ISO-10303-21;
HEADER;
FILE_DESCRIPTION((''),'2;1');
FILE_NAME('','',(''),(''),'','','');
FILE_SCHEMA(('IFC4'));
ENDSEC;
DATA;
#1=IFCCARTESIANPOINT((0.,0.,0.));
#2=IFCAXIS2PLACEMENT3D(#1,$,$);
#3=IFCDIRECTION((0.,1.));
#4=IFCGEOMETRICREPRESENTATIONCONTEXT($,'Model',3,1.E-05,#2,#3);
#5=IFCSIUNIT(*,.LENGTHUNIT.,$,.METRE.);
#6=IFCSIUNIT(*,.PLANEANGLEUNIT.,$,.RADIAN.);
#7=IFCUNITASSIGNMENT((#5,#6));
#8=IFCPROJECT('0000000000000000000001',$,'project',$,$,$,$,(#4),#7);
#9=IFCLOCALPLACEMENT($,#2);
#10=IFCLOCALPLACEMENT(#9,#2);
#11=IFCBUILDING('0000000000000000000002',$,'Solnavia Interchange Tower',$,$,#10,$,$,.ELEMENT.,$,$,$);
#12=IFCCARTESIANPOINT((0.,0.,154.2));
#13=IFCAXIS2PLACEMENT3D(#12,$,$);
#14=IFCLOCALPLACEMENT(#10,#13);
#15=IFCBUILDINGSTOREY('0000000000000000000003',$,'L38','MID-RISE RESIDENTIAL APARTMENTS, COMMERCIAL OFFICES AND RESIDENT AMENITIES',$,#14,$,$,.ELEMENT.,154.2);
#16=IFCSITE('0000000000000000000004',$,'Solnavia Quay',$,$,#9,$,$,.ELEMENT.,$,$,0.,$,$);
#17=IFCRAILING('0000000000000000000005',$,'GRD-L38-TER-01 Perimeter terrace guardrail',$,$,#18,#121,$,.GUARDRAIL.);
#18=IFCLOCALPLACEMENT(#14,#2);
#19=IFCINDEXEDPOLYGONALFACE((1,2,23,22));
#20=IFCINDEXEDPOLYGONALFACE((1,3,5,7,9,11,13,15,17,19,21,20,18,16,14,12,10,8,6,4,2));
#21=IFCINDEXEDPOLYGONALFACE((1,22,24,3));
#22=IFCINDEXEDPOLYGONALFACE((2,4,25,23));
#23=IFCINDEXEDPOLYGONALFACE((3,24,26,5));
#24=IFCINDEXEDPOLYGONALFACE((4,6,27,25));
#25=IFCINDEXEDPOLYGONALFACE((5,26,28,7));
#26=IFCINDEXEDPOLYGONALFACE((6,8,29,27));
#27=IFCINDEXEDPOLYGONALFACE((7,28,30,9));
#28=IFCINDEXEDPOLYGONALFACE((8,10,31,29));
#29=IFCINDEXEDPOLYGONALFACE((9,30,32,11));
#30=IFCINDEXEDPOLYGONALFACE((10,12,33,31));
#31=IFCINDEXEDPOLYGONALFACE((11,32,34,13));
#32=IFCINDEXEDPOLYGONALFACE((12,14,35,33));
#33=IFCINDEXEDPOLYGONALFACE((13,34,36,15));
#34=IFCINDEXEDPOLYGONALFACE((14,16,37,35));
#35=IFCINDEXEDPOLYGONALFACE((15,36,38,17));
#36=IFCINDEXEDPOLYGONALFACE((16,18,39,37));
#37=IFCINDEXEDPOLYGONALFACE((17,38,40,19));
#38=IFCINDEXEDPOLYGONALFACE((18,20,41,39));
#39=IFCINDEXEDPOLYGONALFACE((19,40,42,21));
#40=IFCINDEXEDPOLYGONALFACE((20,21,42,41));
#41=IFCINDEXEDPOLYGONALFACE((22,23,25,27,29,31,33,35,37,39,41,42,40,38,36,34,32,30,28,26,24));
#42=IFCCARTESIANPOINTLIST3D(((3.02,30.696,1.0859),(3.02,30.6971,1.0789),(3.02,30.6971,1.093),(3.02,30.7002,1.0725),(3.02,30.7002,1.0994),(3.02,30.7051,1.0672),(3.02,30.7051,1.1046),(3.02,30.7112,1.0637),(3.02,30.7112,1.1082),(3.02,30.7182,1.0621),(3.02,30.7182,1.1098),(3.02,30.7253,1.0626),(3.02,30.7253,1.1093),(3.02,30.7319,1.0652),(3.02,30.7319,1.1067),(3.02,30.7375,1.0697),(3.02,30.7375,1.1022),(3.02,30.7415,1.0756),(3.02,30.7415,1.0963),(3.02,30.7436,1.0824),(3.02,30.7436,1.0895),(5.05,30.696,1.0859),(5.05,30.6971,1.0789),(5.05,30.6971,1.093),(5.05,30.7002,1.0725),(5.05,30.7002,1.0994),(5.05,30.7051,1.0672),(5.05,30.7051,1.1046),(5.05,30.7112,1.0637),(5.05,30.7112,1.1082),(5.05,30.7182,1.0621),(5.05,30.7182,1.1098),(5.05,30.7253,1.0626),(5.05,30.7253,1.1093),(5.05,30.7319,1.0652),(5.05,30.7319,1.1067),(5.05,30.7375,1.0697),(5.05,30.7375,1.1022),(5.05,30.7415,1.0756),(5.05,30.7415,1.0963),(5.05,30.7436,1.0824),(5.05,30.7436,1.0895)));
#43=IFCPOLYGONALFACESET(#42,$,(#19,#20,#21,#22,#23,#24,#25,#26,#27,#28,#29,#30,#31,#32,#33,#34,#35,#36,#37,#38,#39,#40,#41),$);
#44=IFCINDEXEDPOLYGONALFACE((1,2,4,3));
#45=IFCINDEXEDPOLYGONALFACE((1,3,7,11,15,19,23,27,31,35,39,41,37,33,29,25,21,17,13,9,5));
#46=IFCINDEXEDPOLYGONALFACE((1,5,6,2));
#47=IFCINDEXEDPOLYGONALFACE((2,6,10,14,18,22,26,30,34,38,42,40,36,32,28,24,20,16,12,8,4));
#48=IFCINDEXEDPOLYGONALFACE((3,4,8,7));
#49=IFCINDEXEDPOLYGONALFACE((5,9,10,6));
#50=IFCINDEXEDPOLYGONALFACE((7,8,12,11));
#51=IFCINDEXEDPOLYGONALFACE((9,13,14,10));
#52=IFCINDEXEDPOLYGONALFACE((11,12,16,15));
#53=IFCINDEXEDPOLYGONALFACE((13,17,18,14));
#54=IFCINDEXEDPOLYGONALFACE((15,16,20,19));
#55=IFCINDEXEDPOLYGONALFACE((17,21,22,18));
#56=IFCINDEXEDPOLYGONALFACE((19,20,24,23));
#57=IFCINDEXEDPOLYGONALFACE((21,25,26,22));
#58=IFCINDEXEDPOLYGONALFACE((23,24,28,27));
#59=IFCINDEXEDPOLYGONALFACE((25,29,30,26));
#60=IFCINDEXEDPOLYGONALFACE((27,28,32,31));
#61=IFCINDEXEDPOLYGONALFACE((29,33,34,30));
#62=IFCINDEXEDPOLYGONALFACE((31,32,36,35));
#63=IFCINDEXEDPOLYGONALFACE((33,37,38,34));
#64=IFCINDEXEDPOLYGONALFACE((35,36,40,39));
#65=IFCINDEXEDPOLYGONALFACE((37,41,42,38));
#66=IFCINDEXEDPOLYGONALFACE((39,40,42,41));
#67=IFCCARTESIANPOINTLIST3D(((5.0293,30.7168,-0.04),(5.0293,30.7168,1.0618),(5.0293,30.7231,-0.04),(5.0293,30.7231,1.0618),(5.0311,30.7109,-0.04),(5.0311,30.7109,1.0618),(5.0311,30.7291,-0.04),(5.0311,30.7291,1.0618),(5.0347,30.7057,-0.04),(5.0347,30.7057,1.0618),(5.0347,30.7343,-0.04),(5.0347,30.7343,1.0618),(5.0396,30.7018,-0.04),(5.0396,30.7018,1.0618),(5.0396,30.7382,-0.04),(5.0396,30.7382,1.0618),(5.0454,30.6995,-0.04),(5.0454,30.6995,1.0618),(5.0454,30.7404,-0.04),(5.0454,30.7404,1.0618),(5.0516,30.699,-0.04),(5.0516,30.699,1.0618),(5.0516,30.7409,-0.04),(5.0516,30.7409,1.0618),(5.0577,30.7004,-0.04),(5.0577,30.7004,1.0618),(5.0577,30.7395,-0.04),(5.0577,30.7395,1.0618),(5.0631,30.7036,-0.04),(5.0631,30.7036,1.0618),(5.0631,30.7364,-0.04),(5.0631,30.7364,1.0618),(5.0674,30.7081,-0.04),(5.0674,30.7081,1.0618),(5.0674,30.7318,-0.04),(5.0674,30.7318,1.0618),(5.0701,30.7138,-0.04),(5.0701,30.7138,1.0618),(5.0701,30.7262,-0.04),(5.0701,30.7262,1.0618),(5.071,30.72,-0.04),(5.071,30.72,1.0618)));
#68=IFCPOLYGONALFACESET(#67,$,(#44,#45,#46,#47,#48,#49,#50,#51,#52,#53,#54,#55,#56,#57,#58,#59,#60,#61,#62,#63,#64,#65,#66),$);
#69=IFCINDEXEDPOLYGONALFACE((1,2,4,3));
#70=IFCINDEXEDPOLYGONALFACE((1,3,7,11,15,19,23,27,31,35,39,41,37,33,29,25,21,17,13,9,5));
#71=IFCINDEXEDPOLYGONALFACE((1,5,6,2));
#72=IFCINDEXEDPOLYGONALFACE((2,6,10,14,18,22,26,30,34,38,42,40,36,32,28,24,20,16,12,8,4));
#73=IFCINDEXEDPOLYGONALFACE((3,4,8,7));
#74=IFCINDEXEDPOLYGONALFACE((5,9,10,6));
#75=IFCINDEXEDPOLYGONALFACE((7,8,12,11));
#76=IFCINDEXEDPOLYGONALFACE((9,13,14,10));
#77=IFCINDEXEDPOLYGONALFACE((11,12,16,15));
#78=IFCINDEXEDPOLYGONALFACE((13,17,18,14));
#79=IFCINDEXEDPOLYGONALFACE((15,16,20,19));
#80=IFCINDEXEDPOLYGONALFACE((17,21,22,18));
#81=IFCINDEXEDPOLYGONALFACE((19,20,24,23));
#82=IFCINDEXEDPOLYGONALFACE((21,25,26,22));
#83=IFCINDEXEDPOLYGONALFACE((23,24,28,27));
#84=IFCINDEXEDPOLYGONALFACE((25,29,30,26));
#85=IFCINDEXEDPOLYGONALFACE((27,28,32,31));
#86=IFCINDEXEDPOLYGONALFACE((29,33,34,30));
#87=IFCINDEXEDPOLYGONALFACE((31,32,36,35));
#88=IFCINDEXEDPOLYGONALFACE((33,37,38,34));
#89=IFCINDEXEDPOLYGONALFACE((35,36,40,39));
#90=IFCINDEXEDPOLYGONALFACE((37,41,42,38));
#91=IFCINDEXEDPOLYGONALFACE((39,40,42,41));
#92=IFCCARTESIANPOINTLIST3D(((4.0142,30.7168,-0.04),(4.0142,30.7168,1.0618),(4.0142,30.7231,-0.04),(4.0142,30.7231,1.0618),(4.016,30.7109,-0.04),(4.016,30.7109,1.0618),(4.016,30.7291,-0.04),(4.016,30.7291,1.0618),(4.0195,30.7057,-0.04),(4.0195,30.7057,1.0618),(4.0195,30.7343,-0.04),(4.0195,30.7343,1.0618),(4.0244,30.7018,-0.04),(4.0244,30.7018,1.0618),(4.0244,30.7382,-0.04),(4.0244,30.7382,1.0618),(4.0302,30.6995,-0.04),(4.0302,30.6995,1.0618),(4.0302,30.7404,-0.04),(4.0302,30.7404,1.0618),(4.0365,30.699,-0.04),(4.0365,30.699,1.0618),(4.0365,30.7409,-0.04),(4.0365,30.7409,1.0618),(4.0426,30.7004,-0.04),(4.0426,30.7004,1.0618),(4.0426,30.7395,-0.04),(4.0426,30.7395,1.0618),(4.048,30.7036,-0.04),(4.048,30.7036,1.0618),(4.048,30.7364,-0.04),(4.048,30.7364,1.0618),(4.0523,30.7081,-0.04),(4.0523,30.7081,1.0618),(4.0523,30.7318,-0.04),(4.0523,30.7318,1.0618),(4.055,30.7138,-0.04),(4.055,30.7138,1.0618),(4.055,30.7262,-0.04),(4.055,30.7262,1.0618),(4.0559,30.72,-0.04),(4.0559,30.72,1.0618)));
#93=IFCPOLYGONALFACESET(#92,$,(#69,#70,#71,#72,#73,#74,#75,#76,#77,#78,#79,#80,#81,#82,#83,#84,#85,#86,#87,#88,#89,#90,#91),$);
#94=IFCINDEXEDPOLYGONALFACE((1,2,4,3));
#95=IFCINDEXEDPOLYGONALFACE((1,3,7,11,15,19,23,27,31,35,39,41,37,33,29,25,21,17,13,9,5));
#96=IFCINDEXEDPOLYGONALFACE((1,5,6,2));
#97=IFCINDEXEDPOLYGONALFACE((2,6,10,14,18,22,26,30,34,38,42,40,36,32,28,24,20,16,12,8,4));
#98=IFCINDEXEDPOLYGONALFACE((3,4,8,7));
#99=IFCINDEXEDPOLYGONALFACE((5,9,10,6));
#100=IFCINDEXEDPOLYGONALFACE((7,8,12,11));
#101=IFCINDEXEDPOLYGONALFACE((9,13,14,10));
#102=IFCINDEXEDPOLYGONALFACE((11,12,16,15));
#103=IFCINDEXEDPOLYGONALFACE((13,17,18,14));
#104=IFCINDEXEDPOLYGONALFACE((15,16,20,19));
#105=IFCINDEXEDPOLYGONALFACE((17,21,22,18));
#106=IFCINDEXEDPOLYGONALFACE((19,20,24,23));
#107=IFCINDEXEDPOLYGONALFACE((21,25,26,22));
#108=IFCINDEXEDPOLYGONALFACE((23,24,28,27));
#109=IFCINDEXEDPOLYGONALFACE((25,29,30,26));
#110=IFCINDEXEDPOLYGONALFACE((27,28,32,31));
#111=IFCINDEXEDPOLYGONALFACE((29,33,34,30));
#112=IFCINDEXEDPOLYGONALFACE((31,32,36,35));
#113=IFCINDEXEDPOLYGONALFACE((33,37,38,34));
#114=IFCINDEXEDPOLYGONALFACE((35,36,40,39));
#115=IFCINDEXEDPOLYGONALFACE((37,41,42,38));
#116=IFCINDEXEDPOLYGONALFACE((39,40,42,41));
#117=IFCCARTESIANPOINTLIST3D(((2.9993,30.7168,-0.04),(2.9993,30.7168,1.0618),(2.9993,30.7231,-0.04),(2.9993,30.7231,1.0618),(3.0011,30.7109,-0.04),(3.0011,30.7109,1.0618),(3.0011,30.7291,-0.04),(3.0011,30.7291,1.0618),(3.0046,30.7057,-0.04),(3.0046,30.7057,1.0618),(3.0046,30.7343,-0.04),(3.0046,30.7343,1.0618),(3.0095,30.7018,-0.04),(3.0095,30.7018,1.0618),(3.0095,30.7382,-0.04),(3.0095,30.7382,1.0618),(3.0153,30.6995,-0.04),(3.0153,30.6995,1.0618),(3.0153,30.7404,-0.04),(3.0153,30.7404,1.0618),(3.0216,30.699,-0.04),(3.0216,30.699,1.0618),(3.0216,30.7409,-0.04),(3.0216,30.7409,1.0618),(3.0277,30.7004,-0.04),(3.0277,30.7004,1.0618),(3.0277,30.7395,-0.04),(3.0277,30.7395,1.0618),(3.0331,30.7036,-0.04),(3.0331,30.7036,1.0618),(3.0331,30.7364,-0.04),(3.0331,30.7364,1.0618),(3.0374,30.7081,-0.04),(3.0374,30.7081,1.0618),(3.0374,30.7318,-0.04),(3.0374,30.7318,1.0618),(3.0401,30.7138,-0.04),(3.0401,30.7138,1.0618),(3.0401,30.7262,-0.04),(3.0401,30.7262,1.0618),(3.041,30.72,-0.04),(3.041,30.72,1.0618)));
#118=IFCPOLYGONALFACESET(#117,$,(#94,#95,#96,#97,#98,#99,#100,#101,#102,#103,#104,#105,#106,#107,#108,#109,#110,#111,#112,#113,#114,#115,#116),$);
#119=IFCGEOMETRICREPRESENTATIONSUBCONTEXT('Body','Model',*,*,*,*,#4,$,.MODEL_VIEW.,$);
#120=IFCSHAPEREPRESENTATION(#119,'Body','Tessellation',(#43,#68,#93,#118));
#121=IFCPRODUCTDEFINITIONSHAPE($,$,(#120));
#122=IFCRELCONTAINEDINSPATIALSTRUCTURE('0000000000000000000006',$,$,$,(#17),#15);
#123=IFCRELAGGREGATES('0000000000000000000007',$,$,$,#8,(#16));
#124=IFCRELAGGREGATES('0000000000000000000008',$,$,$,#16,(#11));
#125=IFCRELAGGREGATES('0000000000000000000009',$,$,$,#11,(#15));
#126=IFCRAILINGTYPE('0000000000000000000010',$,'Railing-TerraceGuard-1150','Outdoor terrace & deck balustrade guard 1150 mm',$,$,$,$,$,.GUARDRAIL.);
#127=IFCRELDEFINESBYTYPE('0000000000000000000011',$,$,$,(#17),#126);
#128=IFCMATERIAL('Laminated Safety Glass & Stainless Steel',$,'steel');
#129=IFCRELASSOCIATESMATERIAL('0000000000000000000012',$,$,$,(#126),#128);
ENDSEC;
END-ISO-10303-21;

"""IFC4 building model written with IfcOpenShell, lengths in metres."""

from ifc_helpers import new_model, si_unit, direction, frame, origin, origin_2d, place, context, subcontext, project, spatial, circle, extrude, material, type_object, element, save


model = new_model("IFC4")

# Units and contexts
model_context = context("Model", 3, precision=1e-05, world=origin(), true_north=direction((0.0, 1.0)))
body_context = subcontext(model_context, "Body", "Model", "MODEL_VIEW")
ifc_project = project(units=[si_unit("LENGTHUNIT", "METRE"), si_unit("PLANEANGLEUNIT", "RADIAN")], contexts=[model_context])

# Site, building, storey
site_placement = place(None, origin())
site = spatial("IfcSite", under=ifc_project, at=site_placement, Name="Solnavia Quay", CompositionType="ELEMENT", RefElevation=0.0)
building_placement = place(site_placement, origin())
building = spatial("IfcBuilding", under=site, at=building_placement, Name="Solnavia Interchange Tower", CompositionType="ELEMENT")
storey_placement = place(building_placement, frame((0.0, 0.0, 154.2)))
storey = spatial("IfcBuildingStorey", under=building, at=storey_placement, Name="L38", Description="MID-RISE RESIDENTIAL APARTMENTS, COMMERCIAL OFFICES AND RESIDENT AMENITIES", CompositionType="ELEMENT", Elevation=154.2)

# Railing
ifc_material_1 = material(Name="Laminated Safety Glass & Stainless Steel", Category="steel")
railing_type = type_object("IfcRailingType", Name="Railing-TerraceGuard-1150", Description="Outdoor terrace & deck balustrade guard 1150 mm", PredefinedType="GUARDRAIL", material=ifc_material_1)
railing_1_placement = place(storey_placement, frame((5.05, 30.72, -0.04)))
element("IfcRailing", 1, at=railing_1_placement, inside=storey, type_object=railing_type, Name="GRD-L38-TER-01 Perimeter terrace guardrail", PredefinedType="GUARDRAIL", context=body_context, shape_type="SweptSolid", body=[
    extrude(circle(Radius=0.0239, at=origin_2d()), frame((0.0, 0.0, 1.126), z_axis=(-1.0, 0.0, 0.0), x_axis=(0.0, -1.0, 0.0)), (0.0, 0.0, 1.0), 2.03),
    extrude(circle(Radius=0.021, at=origin_2d()), origin(), (0.0, 0.0, 1.0), 1.1018),
    extrude(circle(Radius=0.021, at=origin_2d()), frame((-1.0151, 0.0, 0.0)), (0.0, 0.0, 1.0), 1.1018),
    extrude(circle(Radius=0.021, at=origin_2d()), frame((-2.03, 0.0, 0.0)), (0.0, 0.0, 1.0), 1.1018),
])

save(model, "model.ifc")
